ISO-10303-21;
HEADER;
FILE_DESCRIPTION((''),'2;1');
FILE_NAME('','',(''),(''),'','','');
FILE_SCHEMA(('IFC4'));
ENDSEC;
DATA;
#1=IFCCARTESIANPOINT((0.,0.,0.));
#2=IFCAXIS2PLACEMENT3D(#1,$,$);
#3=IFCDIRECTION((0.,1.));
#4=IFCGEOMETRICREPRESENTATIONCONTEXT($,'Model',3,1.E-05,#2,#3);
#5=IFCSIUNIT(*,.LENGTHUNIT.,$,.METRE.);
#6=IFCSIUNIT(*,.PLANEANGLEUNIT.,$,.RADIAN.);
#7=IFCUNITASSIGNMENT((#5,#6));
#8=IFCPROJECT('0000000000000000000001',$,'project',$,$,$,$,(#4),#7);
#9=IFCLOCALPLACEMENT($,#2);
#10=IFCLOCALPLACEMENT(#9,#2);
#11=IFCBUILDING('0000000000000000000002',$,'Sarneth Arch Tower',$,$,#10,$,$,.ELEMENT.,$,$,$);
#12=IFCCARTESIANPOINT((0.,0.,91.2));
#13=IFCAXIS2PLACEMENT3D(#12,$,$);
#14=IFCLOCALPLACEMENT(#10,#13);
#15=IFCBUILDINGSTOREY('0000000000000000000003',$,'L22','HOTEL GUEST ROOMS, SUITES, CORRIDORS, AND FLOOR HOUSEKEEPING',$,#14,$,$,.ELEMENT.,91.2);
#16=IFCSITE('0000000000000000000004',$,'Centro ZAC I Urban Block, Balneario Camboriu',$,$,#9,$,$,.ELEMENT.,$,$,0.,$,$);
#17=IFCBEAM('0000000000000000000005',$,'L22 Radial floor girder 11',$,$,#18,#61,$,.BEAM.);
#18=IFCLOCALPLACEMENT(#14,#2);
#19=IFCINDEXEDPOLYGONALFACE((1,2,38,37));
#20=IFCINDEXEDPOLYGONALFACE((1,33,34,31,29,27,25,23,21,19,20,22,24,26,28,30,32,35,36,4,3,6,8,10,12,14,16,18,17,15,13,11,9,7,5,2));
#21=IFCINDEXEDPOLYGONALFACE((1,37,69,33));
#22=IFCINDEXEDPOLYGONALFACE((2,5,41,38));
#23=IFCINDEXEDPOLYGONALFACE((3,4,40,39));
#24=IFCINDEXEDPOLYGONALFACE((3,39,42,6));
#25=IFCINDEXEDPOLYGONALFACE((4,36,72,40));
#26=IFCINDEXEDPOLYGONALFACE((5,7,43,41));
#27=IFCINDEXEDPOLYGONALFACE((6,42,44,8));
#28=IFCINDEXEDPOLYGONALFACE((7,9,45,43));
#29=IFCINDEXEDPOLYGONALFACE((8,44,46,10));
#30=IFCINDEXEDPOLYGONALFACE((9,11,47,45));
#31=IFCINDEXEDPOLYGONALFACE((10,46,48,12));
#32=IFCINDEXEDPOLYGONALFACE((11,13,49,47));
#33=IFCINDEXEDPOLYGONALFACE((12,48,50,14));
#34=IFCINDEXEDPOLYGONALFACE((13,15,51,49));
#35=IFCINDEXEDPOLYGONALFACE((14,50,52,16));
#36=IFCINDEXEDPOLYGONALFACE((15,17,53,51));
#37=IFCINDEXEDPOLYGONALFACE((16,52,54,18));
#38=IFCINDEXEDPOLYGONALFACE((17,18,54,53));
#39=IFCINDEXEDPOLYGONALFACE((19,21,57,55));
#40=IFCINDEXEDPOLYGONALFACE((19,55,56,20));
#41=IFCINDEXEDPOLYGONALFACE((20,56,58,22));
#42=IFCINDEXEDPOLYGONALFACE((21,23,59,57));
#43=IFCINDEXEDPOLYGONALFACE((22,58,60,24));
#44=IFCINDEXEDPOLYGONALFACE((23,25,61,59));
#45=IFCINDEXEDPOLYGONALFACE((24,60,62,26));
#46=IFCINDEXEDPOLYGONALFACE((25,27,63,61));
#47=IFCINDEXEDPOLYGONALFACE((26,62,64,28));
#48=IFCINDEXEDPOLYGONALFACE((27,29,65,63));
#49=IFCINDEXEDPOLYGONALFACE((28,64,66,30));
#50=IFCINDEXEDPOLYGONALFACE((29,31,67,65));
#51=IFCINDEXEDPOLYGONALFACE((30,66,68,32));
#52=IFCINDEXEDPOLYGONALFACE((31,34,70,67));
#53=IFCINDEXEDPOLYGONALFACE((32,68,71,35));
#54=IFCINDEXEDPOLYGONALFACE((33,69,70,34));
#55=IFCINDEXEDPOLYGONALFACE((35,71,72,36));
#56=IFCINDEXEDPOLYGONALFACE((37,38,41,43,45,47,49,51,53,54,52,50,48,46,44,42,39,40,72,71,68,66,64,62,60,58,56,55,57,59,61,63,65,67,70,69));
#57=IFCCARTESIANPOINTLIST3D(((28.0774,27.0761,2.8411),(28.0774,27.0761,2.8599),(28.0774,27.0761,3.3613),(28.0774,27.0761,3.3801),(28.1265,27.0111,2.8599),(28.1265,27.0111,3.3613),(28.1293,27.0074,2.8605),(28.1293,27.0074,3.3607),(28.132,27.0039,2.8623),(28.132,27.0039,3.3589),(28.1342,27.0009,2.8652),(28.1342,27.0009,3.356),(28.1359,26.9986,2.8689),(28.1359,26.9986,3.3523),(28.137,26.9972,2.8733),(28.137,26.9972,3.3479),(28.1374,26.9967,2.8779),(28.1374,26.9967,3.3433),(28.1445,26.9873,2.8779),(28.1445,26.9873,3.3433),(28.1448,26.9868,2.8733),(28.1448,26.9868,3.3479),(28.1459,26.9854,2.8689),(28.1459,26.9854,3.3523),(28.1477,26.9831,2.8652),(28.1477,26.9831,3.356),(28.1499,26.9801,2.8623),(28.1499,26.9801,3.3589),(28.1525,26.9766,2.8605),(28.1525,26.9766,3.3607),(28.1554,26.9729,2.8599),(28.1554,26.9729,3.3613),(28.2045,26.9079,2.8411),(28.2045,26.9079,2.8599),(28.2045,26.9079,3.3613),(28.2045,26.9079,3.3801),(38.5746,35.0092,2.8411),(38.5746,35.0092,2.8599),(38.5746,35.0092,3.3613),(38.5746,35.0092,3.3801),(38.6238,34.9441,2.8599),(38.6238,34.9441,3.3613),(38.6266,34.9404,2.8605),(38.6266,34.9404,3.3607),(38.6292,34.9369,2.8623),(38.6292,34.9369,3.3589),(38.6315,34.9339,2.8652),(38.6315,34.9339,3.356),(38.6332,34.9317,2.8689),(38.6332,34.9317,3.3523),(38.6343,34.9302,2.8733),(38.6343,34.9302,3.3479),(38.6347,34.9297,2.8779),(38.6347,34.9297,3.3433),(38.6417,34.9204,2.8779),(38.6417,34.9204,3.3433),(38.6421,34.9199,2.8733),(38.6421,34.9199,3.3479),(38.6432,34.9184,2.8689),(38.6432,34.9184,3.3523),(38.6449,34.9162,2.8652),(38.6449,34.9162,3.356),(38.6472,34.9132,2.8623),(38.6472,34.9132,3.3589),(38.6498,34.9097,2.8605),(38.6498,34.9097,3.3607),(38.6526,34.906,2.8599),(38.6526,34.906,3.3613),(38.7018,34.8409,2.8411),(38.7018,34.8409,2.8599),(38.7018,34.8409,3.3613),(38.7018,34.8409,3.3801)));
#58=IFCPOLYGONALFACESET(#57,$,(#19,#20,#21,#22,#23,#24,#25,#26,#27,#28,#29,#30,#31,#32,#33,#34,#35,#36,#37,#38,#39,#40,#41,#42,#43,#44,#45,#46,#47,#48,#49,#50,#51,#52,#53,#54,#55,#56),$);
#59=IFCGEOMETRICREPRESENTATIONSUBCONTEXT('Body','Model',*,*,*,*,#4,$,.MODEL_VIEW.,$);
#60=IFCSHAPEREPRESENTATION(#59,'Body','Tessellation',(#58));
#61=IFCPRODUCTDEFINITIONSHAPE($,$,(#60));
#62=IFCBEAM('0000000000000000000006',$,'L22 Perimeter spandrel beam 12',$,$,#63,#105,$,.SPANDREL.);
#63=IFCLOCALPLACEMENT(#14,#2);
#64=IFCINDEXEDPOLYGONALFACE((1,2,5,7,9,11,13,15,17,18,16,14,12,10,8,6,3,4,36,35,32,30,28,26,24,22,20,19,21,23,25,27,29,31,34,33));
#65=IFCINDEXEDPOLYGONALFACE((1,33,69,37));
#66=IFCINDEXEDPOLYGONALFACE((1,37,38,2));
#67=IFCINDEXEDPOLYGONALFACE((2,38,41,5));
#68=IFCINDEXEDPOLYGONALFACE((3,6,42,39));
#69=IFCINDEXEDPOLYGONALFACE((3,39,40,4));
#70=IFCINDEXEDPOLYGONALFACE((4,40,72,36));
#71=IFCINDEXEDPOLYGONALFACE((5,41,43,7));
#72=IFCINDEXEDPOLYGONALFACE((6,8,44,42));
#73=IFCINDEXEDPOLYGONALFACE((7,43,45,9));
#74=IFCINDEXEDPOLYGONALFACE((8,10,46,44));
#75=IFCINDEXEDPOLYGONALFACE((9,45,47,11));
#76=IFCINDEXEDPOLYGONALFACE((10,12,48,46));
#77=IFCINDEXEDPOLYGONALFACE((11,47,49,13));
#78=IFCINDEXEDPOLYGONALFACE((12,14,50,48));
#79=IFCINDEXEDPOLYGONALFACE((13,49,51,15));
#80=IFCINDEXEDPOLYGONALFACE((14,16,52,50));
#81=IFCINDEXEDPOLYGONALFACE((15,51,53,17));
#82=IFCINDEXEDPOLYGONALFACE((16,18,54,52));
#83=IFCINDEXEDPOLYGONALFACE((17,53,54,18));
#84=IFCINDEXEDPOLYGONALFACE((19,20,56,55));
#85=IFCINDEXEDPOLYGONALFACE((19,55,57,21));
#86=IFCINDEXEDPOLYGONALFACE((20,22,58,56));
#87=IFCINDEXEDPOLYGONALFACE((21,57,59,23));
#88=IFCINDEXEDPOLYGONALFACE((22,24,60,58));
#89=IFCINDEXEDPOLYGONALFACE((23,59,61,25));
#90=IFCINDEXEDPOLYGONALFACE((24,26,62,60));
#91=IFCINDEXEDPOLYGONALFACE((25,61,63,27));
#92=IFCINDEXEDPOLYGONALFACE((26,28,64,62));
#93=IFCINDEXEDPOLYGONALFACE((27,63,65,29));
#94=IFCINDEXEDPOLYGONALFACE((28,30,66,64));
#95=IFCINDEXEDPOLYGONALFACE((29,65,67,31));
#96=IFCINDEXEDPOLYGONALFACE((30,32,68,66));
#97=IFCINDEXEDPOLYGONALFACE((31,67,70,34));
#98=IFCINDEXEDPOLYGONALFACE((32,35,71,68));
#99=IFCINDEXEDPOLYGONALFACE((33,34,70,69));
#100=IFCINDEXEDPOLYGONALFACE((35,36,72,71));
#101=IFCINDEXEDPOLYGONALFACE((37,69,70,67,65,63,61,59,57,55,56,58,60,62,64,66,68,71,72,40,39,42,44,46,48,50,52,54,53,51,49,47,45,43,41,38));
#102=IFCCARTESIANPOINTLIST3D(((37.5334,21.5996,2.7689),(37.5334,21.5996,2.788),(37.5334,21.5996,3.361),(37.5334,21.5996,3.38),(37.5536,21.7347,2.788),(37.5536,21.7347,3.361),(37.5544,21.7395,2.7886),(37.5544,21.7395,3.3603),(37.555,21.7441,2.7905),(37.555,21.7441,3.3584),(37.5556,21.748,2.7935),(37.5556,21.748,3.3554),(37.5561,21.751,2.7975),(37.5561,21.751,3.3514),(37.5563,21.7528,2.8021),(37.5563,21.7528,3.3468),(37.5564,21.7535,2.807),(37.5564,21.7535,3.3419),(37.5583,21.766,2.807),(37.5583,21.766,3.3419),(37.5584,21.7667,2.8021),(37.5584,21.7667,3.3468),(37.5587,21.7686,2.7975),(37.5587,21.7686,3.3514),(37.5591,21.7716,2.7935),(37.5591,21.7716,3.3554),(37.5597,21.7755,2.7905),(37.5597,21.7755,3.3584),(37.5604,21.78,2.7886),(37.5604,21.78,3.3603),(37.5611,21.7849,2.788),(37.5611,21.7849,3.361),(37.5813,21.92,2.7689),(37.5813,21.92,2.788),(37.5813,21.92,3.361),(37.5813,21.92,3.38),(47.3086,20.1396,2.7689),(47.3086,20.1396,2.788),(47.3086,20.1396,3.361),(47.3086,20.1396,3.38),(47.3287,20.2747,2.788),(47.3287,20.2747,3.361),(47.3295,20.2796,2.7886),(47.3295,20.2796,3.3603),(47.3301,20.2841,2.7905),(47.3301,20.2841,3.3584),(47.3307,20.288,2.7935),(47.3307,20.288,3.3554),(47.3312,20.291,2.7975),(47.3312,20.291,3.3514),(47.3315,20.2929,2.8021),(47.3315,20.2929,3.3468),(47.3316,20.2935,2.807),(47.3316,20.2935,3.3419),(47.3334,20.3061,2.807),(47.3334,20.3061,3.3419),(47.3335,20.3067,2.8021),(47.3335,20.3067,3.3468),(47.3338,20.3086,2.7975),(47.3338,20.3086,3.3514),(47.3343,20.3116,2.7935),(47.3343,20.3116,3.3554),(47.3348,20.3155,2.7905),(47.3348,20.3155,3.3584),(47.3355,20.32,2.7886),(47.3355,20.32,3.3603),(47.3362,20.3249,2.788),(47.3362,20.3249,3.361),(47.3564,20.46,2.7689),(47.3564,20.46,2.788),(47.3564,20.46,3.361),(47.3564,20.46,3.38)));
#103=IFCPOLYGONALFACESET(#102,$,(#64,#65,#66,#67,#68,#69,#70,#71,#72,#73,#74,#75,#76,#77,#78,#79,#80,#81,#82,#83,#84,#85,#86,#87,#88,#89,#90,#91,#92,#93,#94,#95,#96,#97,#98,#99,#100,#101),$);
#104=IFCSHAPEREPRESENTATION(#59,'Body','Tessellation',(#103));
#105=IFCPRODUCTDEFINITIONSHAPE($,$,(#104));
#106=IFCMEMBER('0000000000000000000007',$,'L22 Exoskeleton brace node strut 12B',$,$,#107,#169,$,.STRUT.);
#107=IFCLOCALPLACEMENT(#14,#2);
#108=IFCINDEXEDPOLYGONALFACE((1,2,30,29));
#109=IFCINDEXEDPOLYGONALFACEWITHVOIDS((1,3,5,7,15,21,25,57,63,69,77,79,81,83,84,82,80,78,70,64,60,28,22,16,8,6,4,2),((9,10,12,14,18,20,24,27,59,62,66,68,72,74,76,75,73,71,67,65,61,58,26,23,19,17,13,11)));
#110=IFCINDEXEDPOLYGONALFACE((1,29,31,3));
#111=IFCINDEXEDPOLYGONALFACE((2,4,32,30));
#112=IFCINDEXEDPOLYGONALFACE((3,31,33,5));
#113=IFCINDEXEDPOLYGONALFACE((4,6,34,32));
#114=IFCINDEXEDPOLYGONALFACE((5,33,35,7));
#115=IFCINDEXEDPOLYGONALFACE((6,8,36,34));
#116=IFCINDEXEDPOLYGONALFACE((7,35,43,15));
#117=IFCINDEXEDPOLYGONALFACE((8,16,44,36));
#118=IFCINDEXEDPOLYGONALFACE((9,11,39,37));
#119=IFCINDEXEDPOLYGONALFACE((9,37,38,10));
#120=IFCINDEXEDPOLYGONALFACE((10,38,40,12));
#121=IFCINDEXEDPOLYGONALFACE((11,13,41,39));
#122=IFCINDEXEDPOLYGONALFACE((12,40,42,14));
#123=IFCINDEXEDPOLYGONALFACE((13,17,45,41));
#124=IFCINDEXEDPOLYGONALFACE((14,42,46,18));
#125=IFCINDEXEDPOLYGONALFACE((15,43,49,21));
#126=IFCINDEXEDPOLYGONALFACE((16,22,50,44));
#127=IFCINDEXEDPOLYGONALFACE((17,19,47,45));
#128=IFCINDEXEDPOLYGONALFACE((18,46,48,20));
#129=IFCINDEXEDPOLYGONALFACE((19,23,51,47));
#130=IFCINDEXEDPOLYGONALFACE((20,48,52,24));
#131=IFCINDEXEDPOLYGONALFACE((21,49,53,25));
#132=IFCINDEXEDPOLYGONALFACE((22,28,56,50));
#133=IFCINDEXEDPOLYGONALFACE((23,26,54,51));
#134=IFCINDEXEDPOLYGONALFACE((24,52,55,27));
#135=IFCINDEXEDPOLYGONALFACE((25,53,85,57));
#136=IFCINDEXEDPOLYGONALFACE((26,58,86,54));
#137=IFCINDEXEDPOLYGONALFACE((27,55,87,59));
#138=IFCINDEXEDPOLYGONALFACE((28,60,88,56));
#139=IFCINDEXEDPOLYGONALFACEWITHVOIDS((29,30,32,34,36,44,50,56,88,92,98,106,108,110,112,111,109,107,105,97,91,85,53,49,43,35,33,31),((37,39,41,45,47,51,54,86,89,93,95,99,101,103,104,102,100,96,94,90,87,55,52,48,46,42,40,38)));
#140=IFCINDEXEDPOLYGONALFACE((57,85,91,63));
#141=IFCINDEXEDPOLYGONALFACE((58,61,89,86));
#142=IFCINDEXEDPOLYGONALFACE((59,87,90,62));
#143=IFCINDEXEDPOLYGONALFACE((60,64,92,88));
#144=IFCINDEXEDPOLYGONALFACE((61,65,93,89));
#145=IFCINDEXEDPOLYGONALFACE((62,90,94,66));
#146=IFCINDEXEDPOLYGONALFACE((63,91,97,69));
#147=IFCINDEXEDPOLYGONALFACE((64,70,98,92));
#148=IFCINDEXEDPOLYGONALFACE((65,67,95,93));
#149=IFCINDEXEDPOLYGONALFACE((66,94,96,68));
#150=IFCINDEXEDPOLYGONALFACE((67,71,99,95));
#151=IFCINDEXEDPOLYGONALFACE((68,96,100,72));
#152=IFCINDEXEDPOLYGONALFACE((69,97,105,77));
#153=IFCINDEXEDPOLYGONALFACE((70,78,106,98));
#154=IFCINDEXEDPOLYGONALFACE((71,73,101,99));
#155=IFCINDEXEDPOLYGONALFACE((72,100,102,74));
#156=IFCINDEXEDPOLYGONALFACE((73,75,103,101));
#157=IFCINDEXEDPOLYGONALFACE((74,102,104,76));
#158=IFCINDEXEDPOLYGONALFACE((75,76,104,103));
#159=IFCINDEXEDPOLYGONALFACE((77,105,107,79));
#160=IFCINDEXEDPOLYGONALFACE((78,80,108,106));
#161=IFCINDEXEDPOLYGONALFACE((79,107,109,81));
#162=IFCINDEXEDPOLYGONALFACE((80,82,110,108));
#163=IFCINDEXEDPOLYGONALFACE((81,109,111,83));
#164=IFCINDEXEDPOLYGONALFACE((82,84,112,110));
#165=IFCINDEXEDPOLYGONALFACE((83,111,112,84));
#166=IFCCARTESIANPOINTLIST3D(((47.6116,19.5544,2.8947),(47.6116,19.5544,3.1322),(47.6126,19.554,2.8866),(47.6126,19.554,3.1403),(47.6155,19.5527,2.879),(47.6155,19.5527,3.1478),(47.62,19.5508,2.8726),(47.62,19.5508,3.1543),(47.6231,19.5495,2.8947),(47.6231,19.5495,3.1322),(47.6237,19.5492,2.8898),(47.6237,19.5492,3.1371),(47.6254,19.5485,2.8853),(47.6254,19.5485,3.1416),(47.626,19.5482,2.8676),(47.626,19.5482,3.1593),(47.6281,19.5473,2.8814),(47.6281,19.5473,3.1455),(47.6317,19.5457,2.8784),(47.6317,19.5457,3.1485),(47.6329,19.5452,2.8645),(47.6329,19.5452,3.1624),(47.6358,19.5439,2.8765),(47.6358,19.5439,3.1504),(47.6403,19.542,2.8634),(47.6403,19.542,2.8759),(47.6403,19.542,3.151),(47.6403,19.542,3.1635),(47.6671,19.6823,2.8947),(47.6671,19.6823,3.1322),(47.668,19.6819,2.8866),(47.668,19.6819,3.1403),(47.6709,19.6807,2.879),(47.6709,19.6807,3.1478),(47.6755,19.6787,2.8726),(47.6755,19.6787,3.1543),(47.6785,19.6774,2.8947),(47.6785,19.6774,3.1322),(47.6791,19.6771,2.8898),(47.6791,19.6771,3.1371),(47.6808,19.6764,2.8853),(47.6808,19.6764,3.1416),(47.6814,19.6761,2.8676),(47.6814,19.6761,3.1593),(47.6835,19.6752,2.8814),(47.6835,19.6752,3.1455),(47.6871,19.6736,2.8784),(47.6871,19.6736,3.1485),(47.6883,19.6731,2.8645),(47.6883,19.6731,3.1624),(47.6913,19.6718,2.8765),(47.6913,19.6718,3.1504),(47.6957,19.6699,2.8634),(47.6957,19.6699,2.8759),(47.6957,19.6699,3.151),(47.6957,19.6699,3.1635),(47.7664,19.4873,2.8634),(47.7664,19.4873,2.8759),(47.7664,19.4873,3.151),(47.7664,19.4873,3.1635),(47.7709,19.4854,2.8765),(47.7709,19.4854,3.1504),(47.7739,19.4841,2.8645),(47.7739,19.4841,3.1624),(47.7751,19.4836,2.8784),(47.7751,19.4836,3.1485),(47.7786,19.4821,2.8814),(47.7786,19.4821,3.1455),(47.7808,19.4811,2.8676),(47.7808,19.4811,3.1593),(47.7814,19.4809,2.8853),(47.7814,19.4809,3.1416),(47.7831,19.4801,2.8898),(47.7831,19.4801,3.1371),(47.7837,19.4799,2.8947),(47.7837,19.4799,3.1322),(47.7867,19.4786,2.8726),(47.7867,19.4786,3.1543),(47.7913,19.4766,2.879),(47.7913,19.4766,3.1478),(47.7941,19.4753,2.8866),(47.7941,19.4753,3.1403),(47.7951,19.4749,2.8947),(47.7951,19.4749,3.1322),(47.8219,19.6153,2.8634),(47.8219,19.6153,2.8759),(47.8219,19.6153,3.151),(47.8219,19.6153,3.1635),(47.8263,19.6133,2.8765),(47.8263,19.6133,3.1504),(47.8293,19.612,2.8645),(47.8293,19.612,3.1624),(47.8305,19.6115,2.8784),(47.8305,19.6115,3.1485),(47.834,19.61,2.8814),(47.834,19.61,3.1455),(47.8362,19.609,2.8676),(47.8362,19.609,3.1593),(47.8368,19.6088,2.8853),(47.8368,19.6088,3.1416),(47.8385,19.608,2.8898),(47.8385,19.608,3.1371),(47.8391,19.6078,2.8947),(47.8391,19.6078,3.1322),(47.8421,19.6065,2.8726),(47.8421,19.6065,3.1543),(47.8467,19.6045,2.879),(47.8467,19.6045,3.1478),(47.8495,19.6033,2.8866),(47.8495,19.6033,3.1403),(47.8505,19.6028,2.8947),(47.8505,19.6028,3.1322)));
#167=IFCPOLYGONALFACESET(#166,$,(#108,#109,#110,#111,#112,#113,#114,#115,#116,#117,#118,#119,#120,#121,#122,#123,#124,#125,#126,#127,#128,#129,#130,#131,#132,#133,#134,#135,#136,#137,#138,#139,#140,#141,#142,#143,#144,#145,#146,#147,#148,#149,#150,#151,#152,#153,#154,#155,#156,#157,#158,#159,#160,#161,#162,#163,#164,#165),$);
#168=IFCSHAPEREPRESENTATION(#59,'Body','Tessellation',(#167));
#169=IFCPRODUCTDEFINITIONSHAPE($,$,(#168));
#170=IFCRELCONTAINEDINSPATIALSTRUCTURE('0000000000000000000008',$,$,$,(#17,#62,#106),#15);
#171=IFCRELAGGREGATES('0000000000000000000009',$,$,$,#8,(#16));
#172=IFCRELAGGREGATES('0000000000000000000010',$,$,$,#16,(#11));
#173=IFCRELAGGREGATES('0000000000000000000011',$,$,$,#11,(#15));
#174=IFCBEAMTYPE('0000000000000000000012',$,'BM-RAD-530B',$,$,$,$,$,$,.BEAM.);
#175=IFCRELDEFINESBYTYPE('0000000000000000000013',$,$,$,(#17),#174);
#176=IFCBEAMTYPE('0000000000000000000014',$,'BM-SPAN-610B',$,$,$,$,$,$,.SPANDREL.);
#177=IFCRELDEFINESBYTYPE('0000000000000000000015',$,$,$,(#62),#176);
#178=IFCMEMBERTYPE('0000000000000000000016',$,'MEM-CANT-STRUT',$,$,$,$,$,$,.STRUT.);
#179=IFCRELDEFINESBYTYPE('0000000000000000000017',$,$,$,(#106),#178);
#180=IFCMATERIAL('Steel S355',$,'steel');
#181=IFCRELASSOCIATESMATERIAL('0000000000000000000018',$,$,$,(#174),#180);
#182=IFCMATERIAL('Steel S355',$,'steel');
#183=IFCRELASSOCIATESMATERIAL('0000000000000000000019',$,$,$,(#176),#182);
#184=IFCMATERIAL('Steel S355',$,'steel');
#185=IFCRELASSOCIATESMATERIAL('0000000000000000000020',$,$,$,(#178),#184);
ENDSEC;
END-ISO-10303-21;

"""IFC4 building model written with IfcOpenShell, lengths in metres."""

from ifc_helpers import new_model, si_unit, direction, frame, origin, origin_2d, place, context, subcontext, project, spatial, hollow_rectangle, i_section, extrude, material, material_profile, profile_set, type_object, element, save


model = new_model("IFC4")

# Units and contexts
model_context = context("Model", 3, precision=1e-05, world=origin(), true_north=direction((0.0, 1.0)))
body_context = subcontext(model_context, "Body", "Model", "MODEL_VIEW")
ifc_project = project(units=[si_unit("LENGTHUNIT", "METRE"), si_unit("PLANEANGLEUNIT", "RADIAN")], contexts=[model_context])

# Site, building, storey
site_placement = place(None, origin())
site = spatial("IfcSite", under=ifc_project, at=site_placement, Name="Centro ZAC I Urban Block, Balneario Camboriu", CompositionType="ELEMENT", RefElevation=0.0)
building_placement = place(site_placement, origin())
building = spatial("IfcBuilding", under=site, at=building_placement, Name="Sarneth Arch Tower", CompositionType="ELEMENT")
storey_placement = place(building_placement, frame((0.0, 0.0, 91.2)))
storey = spatial("IfcBuildingStorey", under=building, at=storey_placement, Name="L22", Description="HOTEL GUEST ROOMS, SUITES, CORRIDORS, AND FLOOR HOUSEKEEPING", CompositionType="ELEMENT", Elevation=91.2)

# Beams
ifc_material_1 = material(Name="Steel S355", Category="steel")
ifc_material_profile_1 = material_profile(ifc_material_1, i_section(OverallWidth=0.2109, OverallDepth=0.5391, WebThickness=0.0117, FlangeThickness=0.0188, FilletRadius=0.0181, at=origin_2d()), Name="W530x109")
ifc_profile_set_1 = profile_set([ifc_material_profile_1], Name="Steel S355")
beam_type_1 = type_object("IfcBeamType", Name="BM-RAD-530B", PredefinedType="BEAM", material=ifc_profile_set_1)
beam_1_placement = place(storey_placement, frame((38.6382, 34.925, 3.1106), z_axis=(-0.797801, -0.60292, 0.0), x_axis=(0.60292, -0.797801, 0.0)))
element("IfcBeam", 1, at=beam_1_placement, inside=storey, type_object=beam_type_1, Name="L22 Radial floor girder 11", PredefinedType="BEAM", context=body_context, shape_type="SweptSolid", body=[
    extrude(i_section(OverallWidth=0.2109, OverallDepth=0.5391, WebThickness=0.0117, FlangeThickness=0.0188, FilletRadius=0.0181, at=origin_2d()), origin(), (0.0, 0.0, 1.0), 13.1577),
])
ifc_material_2 = material(Name="Steel S355", Category="steel")
ifc_material_profile_2 = material_profile(ifc_material_2, i_section(OverallWidth=0.324, OverallDepth=0.6111, WebThickness=0.0127, FlangeThickness=0.019, FilletRadius=0.019, at=origin_2d()), Name="W610x155")
ifc_profile_set_2 = profile_set([ifc_material_profile_2], Name="Steel S355")
beam_type_2 = type_object("IfcBeamType", Name="BM-SPAN-610B", PredefinedType="SPANDREL", material=ifc_profile_set_2)
beam_2_placement = place(storey_placement, frame((37.5574, 21.7598, 3.0745), z_axis=(0.98903, -0.147716, 0.0), x_axis=(0.147716, 0.98903, 0.0)))
element("IfcBeam", 2, at=beam_2_placement, inside=storey, type_object=beam_type_2, Name="L22 Perimeter spandrel beam 12", PredefinedType="SPANDREL", context=body_context, shape_type="SweptSolid", body=[
    extrude(i_section(OverallWidth=0.324, OverallDepth=0.6111, WebThickness=0.0127, FlangeThickness=0.019, FilletRadius=0.019, at=origin_2d()), origin(), (0.0, 0.0, 1.0), 9.8835),
])

# Member
ifc_material_3 = material(Name="Steel S355", Category="steel")
ifc_material_profile_3 = material_profile(ifc_material_3, hollow_rectangle(XDim=0.2, YDim=0.3, WallThickness=0.0125, InnerFilletRadius=0.0188, OuterFilletRadius=0.0312, at=origin_2d()), Name="RHS300x200x12.5")
ifc_profile_set_3 = profile_set([ifc_material_profile_3], Name="Steel S355")
member_type_1 = type_object("IfcMemberType", Name="MEM-CANT-STRUT", PredefinedType="STRUT", material=ifc_profile_set_3)
member_1_placement = place(storey_placement, frame((47.7588, 19.6426, 3.0134), z_axis=(-0.397509, -0.917598, 0.0), x_axis=(0.917598, -0.397509, 0.0)))
element("IfcMember", 3, at=member_1_placement, inside=storey, type_object=member_type_1, Name="L22 Exoskeleton brace node strut 12B", PredefinedType="STRUT", context=body_context, shape_type="SweptSolid", body=[
    extrude(hollow_rectangle(XDim=0.2, YDim=0.3, WallThickness=0.0125, InnerFilletRadius=0.0188, OuterFilletRadius=0.0312, at=origin_2d()), origin(), (0.0, 0.0, 1.0), 0.1394),
])

save(model, "model.ifc")
